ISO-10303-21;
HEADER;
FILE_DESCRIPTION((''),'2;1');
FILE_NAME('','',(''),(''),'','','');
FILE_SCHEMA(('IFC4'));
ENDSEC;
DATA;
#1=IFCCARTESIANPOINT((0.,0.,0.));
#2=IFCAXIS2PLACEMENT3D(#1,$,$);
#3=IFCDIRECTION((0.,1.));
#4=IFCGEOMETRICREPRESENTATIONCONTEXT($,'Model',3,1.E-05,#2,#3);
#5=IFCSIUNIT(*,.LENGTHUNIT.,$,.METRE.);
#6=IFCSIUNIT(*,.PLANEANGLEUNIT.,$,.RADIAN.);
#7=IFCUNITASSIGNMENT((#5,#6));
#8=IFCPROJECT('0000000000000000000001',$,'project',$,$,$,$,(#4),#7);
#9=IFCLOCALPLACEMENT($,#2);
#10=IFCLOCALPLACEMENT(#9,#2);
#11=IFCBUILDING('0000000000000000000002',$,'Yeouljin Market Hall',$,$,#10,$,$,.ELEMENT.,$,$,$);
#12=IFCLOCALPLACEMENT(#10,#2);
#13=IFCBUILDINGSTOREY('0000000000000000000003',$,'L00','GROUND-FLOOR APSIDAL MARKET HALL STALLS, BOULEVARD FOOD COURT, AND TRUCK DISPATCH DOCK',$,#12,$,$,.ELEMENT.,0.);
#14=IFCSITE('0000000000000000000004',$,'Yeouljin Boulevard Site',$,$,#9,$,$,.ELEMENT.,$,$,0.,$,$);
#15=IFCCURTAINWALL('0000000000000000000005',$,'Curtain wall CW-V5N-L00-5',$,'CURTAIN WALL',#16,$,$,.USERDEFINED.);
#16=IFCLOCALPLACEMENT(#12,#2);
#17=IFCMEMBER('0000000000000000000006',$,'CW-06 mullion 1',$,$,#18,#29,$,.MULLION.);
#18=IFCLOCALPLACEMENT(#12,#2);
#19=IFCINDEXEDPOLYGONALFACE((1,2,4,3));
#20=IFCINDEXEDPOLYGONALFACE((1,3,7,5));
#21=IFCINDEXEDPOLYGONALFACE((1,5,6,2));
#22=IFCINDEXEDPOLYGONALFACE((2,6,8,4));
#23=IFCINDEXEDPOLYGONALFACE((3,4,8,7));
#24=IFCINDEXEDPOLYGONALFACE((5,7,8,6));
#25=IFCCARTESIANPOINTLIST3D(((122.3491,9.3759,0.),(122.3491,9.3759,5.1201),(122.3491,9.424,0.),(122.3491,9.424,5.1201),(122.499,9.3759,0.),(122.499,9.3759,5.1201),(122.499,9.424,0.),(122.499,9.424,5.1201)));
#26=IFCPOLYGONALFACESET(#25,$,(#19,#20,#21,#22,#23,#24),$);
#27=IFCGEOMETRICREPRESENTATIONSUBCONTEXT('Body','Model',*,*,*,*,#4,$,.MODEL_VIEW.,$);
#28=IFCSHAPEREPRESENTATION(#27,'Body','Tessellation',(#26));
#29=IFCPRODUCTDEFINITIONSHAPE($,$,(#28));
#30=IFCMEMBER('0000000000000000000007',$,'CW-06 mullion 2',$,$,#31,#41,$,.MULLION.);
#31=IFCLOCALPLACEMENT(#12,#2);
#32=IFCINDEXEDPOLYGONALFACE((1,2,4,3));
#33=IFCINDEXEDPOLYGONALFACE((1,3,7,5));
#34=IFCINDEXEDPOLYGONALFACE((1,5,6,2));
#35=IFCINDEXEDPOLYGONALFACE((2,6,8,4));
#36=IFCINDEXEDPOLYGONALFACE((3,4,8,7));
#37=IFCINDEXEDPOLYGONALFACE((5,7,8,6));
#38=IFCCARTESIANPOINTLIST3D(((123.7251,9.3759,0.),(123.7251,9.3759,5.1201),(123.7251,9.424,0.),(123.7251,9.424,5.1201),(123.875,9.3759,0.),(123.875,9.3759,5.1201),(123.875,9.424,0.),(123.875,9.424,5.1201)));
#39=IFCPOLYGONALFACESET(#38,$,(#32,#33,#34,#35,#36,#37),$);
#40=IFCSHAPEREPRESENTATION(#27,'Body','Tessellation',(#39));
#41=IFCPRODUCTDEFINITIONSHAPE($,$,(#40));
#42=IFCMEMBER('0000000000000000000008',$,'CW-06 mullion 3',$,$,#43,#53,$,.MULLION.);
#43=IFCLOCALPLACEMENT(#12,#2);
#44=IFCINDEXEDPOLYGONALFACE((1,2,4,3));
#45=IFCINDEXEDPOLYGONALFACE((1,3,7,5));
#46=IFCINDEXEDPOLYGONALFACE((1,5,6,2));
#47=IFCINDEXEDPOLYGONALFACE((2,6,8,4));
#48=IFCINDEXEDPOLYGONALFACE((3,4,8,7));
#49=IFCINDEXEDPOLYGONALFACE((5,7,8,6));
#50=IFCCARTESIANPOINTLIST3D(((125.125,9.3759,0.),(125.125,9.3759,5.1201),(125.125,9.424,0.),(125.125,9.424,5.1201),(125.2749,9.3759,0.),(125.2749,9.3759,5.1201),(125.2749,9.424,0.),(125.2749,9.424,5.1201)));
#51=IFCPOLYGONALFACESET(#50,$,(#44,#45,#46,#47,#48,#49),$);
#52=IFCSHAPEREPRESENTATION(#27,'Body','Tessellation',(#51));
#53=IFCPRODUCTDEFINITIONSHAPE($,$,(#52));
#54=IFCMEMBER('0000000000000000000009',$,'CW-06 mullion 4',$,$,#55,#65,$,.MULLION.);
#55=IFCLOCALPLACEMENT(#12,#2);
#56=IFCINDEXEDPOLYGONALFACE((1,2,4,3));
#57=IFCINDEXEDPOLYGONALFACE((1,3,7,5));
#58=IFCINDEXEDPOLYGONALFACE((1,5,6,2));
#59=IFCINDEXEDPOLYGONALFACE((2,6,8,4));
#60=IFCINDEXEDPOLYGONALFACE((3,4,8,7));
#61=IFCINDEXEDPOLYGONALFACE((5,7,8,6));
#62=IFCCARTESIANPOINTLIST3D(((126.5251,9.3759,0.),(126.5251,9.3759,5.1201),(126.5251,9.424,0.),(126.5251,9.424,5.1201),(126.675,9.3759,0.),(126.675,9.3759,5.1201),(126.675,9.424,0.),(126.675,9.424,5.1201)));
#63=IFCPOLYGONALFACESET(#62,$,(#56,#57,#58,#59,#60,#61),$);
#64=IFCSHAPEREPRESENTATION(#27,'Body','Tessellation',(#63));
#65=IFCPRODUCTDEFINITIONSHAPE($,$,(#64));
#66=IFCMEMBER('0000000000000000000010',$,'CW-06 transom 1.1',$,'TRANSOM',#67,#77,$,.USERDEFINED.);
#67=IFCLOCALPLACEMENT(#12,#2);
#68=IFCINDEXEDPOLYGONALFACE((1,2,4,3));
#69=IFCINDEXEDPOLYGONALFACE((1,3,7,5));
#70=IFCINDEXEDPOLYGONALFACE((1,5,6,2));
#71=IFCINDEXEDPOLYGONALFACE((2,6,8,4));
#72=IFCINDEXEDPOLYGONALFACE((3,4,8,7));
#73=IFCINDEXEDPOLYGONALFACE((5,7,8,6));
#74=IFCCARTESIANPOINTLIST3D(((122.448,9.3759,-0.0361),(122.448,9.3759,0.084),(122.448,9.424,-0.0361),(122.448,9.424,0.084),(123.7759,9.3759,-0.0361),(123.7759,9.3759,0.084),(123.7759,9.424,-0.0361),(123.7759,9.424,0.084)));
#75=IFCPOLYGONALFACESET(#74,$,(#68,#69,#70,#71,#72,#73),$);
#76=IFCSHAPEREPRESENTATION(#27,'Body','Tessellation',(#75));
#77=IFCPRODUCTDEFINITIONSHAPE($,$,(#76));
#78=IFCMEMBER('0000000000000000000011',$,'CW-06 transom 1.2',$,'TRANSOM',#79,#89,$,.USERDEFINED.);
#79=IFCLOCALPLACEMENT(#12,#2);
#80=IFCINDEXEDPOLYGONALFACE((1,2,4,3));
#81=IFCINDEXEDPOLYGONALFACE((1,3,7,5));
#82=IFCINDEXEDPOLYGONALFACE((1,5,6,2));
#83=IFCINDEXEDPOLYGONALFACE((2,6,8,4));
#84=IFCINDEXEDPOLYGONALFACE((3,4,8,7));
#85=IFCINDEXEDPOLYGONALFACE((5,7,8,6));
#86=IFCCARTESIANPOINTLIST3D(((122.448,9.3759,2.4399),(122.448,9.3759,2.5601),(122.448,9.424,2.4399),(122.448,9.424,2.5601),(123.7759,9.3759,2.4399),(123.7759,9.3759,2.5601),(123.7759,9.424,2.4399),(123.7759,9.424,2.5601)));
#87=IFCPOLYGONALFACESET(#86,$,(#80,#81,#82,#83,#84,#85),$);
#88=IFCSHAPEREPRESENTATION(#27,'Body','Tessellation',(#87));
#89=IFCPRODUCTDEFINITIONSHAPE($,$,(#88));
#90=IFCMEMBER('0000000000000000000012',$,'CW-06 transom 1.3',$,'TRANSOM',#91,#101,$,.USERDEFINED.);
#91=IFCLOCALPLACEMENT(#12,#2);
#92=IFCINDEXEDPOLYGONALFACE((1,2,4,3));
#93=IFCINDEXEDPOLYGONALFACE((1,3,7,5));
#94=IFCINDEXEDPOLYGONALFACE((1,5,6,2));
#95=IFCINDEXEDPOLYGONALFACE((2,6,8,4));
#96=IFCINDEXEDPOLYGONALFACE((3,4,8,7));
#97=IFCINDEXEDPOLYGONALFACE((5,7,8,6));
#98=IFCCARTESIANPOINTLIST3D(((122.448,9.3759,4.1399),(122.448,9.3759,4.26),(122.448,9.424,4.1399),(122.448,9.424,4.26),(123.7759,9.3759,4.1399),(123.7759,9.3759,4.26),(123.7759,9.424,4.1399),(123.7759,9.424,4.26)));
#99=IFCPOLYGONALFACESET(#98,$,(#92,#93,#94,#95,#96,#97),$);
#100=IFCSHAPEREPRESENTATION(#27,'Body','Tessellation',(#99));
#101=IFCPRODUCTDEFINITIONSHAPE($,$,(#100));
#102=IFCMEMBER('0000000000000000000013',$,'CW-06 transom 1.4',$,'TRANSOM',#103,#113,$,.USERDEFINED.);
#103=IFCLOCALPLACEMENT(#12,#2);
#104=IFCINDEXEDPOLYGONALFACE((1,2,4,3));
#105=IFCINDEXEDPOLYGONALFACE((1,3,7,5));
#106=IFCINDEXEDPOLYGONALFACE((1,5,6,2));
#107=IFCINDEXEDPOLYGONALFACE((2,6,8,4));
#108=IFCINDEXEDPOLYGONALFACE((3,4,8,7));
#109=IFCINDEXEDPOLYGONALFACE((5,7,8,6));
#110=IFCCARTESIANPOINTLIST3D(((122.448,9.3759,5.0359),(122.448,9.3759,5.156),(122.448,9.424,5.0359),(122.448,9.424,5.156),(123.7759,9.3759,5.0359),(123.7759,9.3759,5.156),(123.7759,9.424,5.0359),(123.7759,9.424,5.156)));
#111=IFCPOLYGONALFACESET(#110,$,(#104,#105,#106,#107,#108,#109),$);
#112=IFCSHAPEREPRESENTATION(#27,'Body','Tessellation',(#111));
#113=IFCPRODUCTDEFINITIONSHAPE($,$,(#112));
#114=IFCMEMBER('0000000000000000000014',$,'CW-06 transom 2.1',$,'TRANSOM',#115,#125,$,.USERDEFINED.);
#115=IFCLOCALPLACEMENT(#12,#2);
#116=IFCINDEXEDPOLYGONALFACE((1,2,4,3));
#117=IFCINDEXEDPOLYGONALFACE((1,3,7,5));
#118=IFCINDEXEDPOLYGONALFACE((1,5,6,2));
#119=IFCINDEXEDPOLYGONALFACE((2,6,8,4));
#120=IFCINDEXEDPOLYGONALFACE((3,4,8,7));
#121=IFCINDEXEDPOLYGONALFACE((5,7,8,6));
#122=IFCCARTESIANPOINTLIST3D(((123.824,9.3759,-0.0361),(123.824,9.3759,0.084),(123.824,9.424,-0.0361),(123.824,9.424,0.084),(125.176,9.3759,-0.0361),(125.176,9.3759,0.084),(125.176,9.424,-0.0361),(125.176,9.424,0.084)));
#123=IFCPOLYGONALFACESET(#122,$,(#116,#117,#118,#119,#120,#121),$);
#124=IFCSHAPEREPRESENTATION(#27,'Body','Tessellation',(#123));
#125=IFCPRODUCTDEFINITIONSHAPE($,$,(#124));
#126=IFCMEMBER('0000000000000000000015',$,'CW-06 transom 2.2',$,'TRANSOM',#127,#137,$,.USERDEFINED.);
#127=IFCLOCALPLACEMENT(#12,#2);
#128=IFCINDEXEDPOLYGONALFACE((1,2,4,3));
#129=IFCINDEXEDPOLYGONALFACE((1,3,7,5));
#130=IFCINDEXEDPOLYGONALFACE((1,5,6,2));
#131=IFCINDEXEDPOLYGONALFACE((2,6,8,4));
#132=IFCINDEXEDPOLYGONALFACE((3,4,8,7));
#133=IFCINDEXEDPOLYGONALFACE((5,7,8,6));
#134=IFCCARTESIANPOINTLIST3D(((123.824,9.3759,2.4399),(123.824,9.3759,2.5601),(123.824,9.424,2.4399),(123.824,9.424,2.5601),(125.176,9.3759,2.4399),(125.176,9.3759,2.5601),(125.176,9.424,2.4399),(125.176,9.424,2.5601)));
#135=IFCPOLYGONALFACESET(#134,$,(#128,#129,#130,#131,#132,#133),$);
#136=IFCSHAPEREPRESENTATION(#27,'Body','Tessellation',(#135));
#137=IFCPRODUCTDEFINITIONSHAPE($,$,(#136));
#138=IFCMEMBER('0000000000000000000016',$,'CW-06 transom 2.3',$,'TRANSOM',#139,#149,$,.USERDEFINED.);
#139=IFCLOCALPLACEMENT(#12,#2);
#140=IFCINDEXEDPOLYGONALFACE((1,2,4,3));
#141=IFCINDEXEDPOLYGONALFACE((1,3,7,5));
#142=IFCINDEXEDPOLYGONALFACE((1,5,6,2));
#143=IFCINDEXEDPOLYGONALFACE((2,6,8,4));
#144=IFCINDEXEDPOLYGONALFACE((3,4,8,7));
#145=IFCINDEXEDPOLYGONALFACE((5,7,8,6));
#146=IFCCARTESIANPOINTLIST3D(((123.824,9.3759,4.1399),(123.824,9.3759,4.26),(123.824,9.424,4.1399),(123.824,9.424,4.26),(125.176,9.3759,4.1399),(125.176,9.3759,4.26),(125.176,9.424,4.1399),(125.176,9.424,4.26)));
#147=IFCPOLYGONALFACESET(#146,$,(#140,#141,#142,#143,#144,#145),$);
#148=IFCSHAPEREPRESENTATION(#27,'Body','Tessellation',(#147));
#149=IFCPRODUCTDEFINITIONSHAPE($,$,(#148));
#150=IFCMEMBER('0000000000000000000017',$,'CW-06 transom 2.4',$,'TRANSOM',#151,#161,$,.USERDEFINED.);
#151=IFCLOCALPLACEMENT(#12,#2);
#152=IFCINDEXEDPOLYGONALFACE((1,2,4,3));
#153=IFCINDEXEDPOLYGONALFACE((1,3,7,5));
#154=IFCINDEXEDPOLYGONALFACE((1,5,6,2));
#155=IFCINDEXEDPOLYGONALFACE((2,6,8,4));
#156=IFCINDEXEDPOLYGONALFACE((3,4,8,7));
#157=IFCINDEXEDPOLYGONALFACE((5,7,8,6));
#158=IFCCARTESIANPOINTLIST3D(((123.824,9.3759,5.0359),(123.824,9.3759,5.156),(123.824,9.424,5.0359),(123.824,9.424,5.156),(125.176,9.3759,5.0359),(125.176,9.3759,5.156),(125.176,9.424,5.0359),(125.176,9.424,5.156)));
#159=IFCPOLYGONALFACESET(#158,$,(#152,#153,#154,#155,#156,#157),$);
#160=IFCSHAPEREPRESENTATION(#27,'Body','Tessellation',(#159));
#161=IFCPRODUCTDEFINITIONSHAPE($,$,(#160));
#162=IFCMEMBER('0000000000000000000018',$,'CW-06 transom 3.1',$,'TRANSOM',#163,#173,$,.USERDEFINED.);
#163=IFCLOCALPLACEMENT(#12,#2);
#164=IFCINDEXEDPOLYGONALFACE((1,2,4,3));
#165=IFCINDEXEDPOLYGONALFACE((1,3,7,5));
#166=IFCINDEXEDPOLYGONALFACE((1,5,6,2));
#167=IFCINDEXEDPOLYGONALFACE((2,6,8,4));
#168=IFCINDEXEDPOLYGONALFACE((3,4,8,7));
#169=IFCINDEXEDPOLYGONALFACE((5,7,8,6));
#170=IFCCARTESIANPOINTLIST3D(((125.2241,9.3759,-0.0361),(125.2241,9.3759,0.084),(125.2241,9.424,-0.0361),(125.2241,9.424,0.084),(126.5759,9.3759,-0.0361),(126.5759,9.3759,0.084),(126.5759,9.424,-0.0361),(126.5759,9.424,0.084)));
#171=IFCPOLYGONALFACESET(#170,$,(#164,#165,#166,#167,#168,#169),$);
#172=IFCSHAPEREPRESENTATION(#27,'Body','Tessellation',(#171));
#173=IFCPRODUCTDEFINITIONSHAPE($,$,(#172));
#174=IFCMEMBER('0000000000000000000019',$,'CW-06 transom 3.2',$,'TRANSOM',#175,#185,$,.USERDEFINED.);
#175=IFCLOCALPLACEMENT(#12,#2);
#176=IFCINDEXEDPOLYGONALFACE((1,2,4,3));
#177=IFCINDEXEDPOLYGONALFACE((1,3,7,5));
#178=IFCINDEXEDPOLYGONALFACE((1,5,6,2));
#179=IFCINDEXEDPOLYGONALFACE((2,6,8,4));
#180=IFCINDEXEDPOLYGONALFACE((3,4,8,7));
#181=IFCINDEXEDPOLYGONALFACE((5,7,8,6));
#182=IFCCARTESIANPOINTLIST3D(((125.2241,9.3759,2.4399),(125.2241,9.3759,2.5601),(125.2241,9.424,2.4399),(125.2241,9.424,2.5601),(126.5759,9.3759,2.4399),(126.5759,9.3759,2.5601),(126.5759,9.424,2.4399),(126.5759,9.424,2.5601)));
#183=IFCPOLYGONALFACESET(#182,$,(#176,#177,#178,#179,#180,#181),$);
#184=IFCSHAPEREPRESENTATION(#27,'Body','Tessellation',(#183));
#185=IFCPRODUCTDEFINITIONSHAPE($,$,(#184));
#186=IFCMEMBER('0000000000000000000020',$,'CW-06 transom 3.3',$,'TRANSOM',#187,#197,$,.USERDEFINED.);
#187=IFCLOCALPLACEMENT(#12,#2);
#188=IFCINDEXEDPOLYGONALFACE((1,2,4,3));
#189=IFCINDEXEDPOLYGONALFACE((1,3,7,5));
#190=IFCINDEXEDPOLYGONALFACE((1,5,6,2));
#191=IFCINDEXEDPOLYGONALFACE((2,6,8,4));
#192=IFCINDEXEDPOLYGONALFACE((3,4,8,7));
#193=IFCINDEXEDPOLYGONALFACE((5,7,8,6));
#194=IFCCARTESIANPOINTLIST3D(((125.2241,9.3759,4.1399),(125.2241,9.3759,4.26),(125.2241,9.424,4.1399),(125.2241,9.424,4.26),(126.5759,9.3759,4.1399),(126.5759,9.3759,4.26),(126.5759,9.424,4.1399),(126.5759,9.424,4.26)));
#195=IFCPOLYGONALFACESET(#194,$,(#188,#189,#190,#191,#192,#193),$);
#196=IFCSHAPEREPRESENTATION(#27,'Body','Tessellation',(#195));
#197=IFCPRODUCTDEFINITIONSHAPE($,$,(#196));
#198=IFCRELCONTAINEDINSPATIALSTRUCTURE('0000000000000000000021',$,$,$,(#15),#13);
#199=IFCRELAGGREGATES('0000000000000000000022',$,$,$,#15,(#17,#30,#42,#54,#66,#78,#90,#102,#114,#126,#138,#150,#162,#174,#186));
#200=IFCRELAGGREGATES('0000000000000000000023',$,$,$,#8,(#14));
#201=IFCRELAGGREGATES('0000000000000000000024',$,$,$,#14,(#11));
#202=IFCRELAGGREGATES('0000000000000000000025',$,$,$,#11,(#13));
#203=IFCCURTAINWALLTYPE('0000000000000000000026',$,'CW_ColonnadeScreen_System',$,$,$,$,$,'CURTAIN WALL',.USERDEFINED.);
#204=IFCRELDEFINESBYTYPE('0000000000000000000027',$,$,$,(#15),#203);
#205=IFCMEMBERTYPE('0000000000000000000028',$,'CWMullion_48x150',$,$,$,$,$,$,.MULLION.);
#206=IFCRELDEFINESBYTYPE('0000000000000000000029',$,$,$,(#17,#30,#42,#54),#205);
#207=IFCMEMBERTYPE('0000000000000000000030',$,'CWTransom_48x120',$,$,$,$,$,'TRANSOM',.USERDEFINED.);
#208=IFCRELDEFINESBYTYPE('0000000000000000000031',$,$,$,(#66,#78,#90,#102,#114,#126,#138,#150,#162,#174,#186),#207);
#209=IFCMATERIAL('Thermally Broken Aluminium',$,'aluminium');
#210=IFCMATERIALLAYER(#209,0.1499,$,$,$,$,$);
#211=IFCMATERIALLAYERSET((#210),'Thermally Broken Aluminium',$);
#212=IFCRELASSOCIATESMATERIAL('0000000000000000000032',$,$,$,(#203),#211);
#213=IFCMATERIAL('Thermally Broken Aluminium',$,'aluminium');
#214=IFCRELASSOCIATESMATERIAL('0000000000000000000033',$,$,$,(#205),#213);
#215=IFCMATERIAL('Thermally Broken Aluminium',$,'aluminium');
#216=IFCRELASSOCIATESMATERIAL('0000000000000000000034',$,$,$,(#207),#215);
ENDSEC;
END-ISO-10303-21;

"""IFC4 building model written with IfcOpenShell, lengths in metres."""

from ifc_helpers import new_model, si_unit, direction, frame, origin, origin_2d, place, context, subcontext, project, spatial, rectangle, extrude, material, layer, layer_set, material_profile, profile_set, type_object, element, aggregate, save


model = new_model("IFC4")

# Units and contexts
model_context = context("Model", 3, precision=1e-05, world=origin(), true_north=direction((0.0, 1.0)))
body_context = subcontext(model_context, "Body", "Model", "MODEL_VIEW")
ifc_project = project(units=[si_unit("LENGTHUNIT", "METRE"), si_unit("PLANEANGLEUNIT", "RADIAN")], contexts=[model_context])

# Site, building, storey
site_placement = place(None, origin())
site = spatial("IfcSite", under=ifc_project, at=site_placement, Name="Yeouljin Boulevard Site", CompositionType="ELEMENT", RefElevation=0.0)
building_placement = place(site_placement, origin())
building = spatial("IfcBuilding", under=site, at=building_placement, Name="Yeouljin Market Hall", CompositionType="ELEMENT")
storey_placement = place(building_placement, origin())
storey = spatial("IfcBuildingStorey", under=building, at=storey_placement, Name="L00", Description="GROUND-FLOOR APSIDAL MARKET HALL STALLS, BOULEVARD FOOD COURT, AND TRUCK DISPATCH DOCK", CompositionType="ELEMENT", Elevation=0.0)

# Curtain wall, members
ifc_material_1 = material(Name="Thermally Broken Aluminium", Category="aluminium")
ifc_layer_1 = layer(ifc_material_1, 0.1499)
ifc_layer_set_1 = layer_set([ifc_layer_1], Name="Thermally Broken Aluminium")
curtain_wall_type = type_object("IfcCurtainWallType", Name="CW_ColonnadeScreen_System", ElementType="CURTAIN WALL", PredefinedType="USERDEFINED", material=ifc_layer_set_1)
curtain_wall_placement = place(storey_placement, origin())
curtain_wall = element("IfcCurtainWall", 1, at=curtain_wall_placement, inside=storey, type_object=curtain_wall_type, Name="Curtain wall CW-V5N-L00-5", ObjectType="CURTAIN WALL", PredefinedType="USERDEFINED")
ifc_material_2 = material(Name="Thermally Broken Aluminium", Category="aluminium")
ifc_material_profile_1 = material_profile(ifc_material_2, rectangle(XDim=0.0481, YDim=0.1499, at=origin_2d()), Name="CW-MULL-48x150")
ifc_profile_set_1 = profile_set([ifc_material_profile_1], Name="Thermally Broken Aluminium")
member_type_1 = type_object("IfcMemberType", Name="CWMullion_48x150", PredefinedType="MULLION", material=ifc_profile_set_1)
member_1_placement = place(storey_placement, frame((122.4241, 9.3999, 0.0), z_axis=(0.0, 0.0, 1.0), x_axis=(0.0, 1.0, 0.0)))
member_1 = element("IfcMember", 2, at=member_1_placement, type_object=member_type_1, Name="CW-06 mullion 1", PredefinedType="MULLION", context=body_context, shape_type="SweptSolid", body=[
    extrude(rectangle(XDim=0.0481, YDim=0.1499, at=origin_2d()), origin(), (0.0, 0.0, 1.0), 5.1201),
])
member_2_placement = place(storey_placement, frame((123.8, 9.3999, 0.0), z_axis=(0.0, 0.0, 1.0), x_axis=(0.0, 1.0, 0.0)))
member_2 = element("IfcMember", 3, at=member_2_placement, type_object=member_type_1, Name="CW-06 mullion 2", PredefinedType="MULLION", context=body_context, shape_type="SweptSolid", body=[
    extrude(rectangle(XDim=0.0481, YDim=0.1499, at=origin_2d()), origin(), (0.0, 0.0, 1.0), 5.1201),
])
member_3_placement = place(storey_placement, frame((125.2, 9.3999, 0.0), z_axis=(0.0, 0.0, 1.0), x_axis=(0.0, 1.0, 0.0)))
member_3 = element("IfcMember", 4, at=member_3_placement, type_object=member_type_1, Name="CW-06 mullion 3", PredefinedType="MULLION", context=body_context, shape_type="SweptSolid", body=[
    extrude(rectangle(XDim=0.0481, YDim=0.1499, at=origin_2d()), origin(), (0.0, 0.0, 1.0), 5.1201),
])
member_4_placement = place(storey_placement, frame((126.6001, 9.3999, 0.0), z_axis=(0.0, 0.0, 1.0), x_axis=(0.0, 1.0, 0.0)))
member_4 = element("IfcMember", 5, at=member_4_placement, type_object=member_type_1, Name="CW-06 mullion 4", PredefinedType="MULLION", context=body_context, shape_type="SweptSolid", body=[
    extrude(rectangle(XDim=0.0481, YDim=0.1499, at=origin_2d()), origin(), (0.0, 0.0, 1.0), 5.1201),
])
ifc_material_3 = material(Name="Thermally Broken Aluminium", Category="aluminium")
ifc_material_profile_2 = material_profile(ifc_material_3, rectangle(XDim=0.0481, YDim=0.1201, at=origin_2d()), Name="CW-TRAN-48x120")
ifc_profile_set_2 = profile_set([ifc_material_profile_2], Name="Thermally Broken Aluminium")
member_type_2 = type_object("IfcMemberType", Name="CWTransom_48x120", ElementType="TRANSOM", PredefinedType="USERDEFINED", material=ifc_profile_set_2)
member_5_placement = place(storey_placement, frame((122.448, 9.3999, 0.0239), z_axis=(1.0, 0.0, 0.0), x_axis=(0.0, 1.0, 0.0)))
member_5 = element("IfcMember", 6, at=member_5_placement, type_object=member_type_2, Name="CW-06 transom 1.1", ObjectType="TRANSOM", PredefinedType="USERDEFINED", context=body_context, shape_type="SweptSolid", body=[
    extrude(rectangle(XDim=0.0481, YDim=0.1201, at=origin_2d()), origin(), (0.0, 0.0, 1.0), 1.3279),
])
member_6_placement = place(storey_placement, frame((122.448, 9.3999, 2.5), z_axis=(1.0, 0.0, 0.0), x_axis=(0.0, 1.0, 0.0)))
member_6 = element("IfcMember", 7, at=member_6_placement, type_object=member_type_2, Name="CW-06 transom 1.2", ObjectType="TRANSOM", PredefinedType="USERDEFINED", context=body_context, shape_type="SweptSolid", body=[
    extrude(rectangle(XDim=0.0481, YDim=0.1201, at=origin_2d()), origin(), (0.0, 0.0, 1.0), 1.3279),
])
member_7_placement = place(storey_placement, frame((122.448, 9.3999, 4.2), z_axis=(1.0, 0.0, 0.0), x_axis=(0.0, 1.0, 0.0)))
member_7 = element("IfcMember", 8, at=member_7_placement, type_object=member_type_2, Name="CW-06 transom 1.3", ObjectType="TRANSOM", PredefinedType="USERDEFINED", context=body_context, shape_type="SweptSolid", body=[
    extrude(rectangle(XDim=0.0481, YDim=0.1201, at=origin_2d()), origin(), (0.0, 0.0, 1.0), 1.3279),
])
member_8_placement = place(storey_placement, frame((122.448, 9.3999, 5.0959), z_axis=(1.0, 0.0, 0.0), x_axis=(0.0, 1.0, 0.0)))
member_8 = element("IfcMember", 9, at=member_8_placement, type_object=member_type_2, Name="CW-06 transom 1.4", ObjectType="TRANSOM", PredefinedType="USERDEFINED", context=body_context, shape_type="SweptSolid", body=[
    extrude(rectangle(XDim=0.0481, YDim=0.1201, at=origin_2d()), origin(), (0.0, 0.0, 1.0), 1.3279),
])
member_9_placement = place(storey_placement, frame((123.824, 9.3999, 0.0239), z_axis=(1.0, 0.0, 0.0), x_axis=(0.0, 1.0, 0.0)))
member_9 = element("IfcMember", 10, at=member_9_placement, type_object=member_type_2, Name="CW-06 transom 2.1", ObjectType="TRANSOM", PredefinedType="USERDEFINED", context=body_context, shape_type="SweptSolid", body=[
    extrude(rectangle(XDim=0.0481, YDim=0.1201, at=origin_2d()), origin(), (0.0, 0.0, 1.0), 1.3521),
])
member_10_placement = place(storey_placement, frame((123.824, 9.3999, 2.5), z_axis=(1.0, 0.0, 0.0), x_axis=(0.0, 1.0, 0.0)))
member_10 = element("IfcMember", 11, at=member_10_placement, type_object=member_type_2, Name="CW-06 transom 2.2", ObjectType="TRANSOM", PredefinedType="USERDEFINED", context=body_context, shape_type="SweptSolid", body=[
    extrude(rectangle(XDim=0.0481, YDim=0.1201, at=origin_2d()), origin(), (0.0, 0.0, 1.0), 1.3521),
])
member_11_placement = place(storey_placement, frame((123.824, 9.3999, 4.2), z_axis=(1.0, 0.0, 0.0), x_axis=(0.0, 1.0, 0.0)))
member_11 = element("IfcMember", 12, at=member_11_placement, type_object=member_type_2, Name="CW-06 transom 2.3", ObjectType="TRANSOM", PredefinedType="USERDEFINED", context=body_context, shape_type="SweptSolid", body=[
    extrude(rectangle(XDim=0.0481, YDim=0.1201, at=origin_2d()), origin(), (0.0, 0.0, 1.0), 1.3521),
])
member_12_placement = place(storey_placement, frame((123.824, 9.3999, 5.0959), z_axis=(1.0, 0.0, 0.0), x_axis=(0.0, 1.0, 0.0)))
member_12 = element("IfcMember", 13, at=member_12_placement, type_object=member_type_2, Name="CW-06 transom 2.4", ObjectType="TRANSOM", PredefinedType="USERDEFINED", context=body_context, shape_type="SweptSolid", body=[
    extrude(rectangle(XDim=0.0481, YDim=0.1201, at=origin_2d()), origin(), (0.0, 0.0, 1.0), 1.3521),
])
member_13_placement = place(storey_placement, frame((125.2241, 9.3999, 0.0239), z_axis=(1.0, 0.0, 0.0), x_axis=(0.0, 1.0, 0.0)))
member_13 = element("IfcMember", 14, at=member_13_placement, type_object=member_type_2, Name="CW-06 transom 3.1", ObjectType="TRANSOM", PredefinedType="USERDEFINED", context=body_context, shape_type="SweptSolid", body=[
    extrude(rectangle(XDim=0.0481, YDim=0.1201, at=origin_2d()), origin(), (0.0, 0.0, 1.0), 1.3518),
])
member_14_placement = place(storey_placement, frame((125.2241, 9.3999, 2.5), z_axis=(1.0, 0.0, 0.0), x_axis=(0.0, 1.0, 0.0)))
member_14 = element("IfcMember", 15, at=member_14_placement, type_object=member_type_2, Name="CW-06 transom 3.2", ObjectType="TRANSOM", PredefinedType="USERDEFINED", context=body_context, shape_type="SweptSolid", body=[
    extrude(rectangle(XDim=0.0481, YDim=0.1201, at=origin_2d()), origin(), (0.0, 0.0, 1.0), 1.3518),
])
member_15_placement = place(storey_placement, frame((125.2241, 9.3999, 4.2), z_axis=(1.0, 0.0, 0.0), x_axis=(0.0, 1.0, 0.0)))
member_15 = element("IfcMember", 16, at=member_15_placement, type_object=member_type_2, Name="CW-06 transom 3.3", ObjectType="TRANSOM", PredefinedType="USERDEFINED", context=body_context, shape_type="SweptSolid", body=[
    extrude(rectangle(XDim=0.0481, YDim=0.1201, at=origin_2d()), origin(), (0.0, 0.0, 1.0), 1.3518),
])
aggregate(curtain_wall, [member_1, member_2, member_3, member_4, member_5, member_6, member_7, member_8, member_9, member_10, member_11, member_12, member_13, member_14, member_15])

save(model, "model.ifc")
